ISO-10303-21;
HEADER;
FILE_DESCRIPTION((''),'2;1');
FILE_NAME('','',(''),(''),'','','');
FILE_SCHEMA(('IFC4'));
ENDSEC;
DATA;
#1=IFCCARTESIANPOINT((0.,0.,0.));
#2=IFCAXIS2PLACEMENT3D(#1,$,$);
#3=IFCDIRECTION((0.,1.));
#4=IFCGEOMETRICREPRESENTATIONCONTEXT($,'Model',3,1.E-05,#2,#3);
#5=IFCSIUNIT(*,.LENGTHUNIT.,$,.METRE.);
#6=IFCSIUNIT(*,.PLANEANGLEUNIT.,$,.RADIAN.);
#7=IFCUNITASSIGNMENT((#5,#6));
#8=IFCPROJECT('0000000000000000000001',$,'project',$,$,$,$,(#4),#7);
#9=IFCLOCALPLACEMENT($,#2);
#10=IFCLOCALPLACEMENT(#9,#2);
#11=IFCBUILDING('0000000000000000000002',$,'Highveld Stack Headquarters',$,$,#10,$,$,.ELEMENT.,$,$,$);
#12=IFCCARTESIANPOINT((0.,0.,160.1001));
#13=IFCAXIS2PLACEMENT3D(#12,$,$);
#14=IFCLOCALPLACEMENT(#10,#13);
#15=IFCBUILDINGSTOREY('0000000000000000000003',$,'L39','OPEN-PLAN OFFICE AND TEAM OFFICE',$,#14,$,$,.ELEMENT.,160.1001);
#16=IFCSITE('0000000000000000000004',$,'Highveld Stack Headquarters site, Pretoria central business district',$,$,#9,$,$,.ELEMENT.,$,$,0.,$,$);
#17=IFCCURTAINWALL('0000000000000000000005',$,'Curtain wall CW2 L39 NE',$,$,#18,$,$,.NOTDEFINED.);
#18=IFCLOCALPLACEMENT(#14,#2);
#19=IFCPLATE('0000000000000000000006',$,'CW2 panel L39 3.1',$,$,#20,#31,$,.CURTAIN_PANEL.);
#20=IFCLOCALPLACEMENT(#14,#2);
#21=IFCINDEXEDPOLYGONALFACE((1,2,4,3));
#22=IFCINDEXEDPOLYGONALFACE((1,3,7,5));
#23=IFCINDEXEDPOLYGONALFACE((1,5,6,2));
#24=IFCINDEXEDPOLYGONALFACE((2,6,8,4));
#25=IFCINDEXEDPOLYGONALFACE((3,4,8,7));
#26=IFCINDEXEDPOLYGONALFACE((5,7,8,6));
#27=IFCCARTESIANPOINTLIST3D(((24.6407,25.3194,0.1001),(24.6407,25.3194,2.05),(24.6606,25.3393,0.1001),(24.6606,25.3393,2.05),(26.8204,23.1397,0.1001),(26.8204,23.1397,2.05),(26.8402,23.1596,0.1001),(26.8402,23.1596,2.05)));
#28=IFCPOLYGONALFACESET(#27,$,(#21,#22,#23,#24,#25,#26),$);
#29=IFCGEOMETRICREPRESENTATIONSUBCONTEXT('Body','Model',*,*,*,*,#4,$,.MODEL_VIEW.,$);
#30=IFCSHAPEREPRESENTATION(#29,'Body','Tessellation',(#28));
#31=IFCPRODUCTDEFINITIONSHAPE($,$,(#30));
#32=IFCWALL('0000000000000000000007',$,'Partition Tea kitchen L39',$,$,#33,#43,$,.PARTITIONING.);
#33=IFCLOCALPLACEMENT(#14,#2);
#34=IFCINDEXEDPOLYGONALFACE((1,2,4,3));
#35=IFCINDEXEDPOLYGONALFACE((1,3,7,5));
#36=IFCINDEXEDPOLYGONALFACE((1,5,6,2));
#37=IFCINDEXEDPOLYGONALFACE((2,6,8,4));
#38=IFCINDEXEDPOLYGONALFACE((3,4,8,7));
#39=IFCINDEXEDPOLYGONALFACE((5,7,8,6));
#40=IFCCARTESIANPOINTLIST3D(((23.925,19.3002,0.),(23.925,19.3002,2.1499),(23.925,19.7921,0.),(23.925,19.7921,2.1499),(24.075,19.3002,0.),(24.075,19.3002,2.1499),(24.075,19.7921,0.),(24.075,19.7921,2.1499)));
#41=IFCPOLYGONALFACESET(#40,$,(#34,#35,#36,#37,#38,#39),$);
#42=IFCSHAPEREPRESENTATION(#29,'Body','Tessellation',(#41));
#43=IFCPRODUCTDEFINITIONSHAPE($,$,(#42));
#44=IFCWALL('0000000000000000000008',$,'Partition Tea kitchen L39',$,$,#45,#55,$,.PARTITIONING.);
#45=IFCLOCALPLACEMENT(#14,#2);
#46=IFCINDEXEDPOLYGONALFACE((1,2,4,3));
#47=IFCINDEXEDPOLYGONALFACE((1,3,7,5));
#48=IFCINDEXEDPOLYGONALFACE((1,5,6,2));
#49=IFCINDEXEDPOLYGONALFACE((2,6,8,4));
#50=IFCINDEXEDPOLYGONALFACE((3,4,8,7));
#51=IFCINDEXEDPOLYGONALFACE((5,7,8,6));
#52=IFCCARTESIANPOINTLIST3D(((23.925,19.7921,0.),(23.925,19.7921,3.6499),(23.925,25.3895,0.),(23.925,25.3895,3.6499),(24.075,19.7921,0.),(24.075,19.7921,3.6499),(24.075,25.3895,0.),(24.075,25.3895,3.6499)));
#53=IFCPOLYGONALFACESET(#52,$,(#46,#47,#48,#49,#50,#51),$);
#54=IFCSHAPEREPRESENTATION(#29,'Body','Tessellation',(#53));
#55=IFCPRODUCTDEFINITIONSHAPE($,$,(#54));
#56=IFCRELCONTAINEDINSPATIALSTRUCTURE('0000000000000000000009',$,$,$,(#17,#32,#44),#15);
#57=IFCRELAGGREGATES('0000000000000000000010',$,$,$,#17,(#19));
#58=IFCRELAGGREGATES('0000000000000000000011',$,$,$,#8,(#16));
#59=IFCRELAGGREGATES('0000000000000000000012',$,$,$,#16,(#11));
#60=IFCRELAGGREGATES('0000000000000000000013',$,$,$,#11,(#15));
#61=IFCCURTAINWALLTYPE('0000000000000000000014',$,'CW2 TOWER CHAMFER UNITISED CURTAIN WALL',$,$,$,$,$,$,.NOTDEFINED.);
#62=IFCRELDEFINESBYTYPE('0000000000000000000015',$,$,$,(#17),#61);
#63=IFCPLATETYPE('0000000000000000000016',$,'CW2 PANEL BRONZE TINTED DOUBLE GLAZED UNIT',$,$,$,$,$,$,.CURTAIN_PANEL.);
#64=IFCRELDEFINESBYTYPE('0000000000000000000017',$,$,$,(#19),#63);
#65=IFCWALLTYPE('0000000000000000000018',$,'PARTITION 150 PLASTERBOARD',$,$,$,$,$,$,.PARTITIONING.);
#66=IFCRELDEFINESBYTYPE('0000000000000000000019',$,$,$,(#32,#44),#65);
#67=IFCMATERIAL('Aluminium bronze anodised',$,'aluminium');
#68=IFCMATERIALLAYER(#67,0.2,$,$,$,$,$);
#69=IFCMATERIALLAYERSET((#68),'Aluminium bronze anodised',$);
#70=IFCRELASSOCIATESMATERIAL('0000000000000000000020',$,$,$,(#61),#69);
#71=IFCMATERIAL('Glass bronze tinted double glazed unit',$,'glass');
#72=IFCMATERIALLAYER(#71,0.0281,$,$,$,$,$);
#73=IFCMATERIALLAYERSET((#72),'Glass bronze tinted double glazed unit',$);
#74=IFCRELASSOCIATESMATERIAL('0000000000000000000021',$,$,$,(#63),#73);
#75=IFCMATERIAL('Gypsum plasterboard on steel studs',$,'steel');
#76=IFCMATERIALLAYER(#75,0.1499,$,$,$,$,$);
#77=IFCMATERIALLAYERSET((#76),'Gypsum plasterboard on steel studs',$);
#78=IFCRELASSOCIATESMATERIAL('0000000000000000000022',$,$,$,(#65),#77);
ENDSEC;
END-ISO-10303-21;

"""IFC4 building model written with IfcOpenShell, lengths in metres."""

from ifc_helpers import new_model, si_unit, direction, frame, frame_2d, origin, origin_2d, place, context, subcontext, project, spatial, rectangle, extrude, material, layer, layer_set, type_object, element, aggregate, save


model = new_model("IFC4")

# Units and contexts
model_context = context("Model", 3, precision=1e-05, world=origin(), true_north=direction((0.0, 1.0)))
body_context = subcontext(model_context, "Body", "Model", "MODEL_VIEW")
ifc_project = project(units=[si_unit("LENGTHUNIT", "METRE"), si_unit("PLANEANGLEUNIT", "RADIAN")], contexts=[model_context])

# Site, building, storey
site_placement = place(None, origin())
site = spatial("IfcSite", under=ifc_project, at=site_placement, Name="Highveld Stack Headquarters site, Pretoria central business district", CompositionType="ELEMENT", RefElevation=0.0)
building_placement = place(site_placement, origin())
building = spatial("IfcBuilding", under=site, at=building_placement, Name="Highveld Stack Headquarters", CompositionType="ELEMENT")
storey_placement = place(building_placement, frame((0.0, 0.0, 160.1001)))
storey = spatial("IfcBuildingStorey", under=building, at=storey_placement, Name="L39", Description="OPEN-PLAN OFFICE AND TEAM OFFICE", CompositionType="ELEMENT", Elevation=160.1001)

# Curtain wall
ifc_material_1 = material(Name="Aluminium bronze anodised", Category="aluminium")
ifc_layer_1 = layer(ifc_material_1, 0.2)
ifc_layer_set_1 = layer_set([ifc_layer_1], Name="Aluminium bronze anodised")
curtain_wall_type_1 = type_object("IfcCurtainWallType", Name="CW2 TOWER CHAMFER UNITISED CURTAIN WALL", PredefinedType="NOTDEFINED", material=ifc_layer_set_1)
curtain_wall_1_placement = place(storey_placement, origin())
curtain_wall_1 = element("IfcCurtainWall", 1, at=curtain_wall_1_placement, inside=storey, type_object=curtain_wall_type_1, Name="Curtain wall CW2 L39 NE", PredefinedType="NOTDEFINED")

# Plate
ifc_material_2 = material(Name="Glass bronze tinted double glazed unit", Category="glass")
ifc_layer_2 = layer(ifc_material_2, 0.0281)
ifc_layer_set_2 = layer_set([ifc_layer_2], Name="Glass bronze tinted double glazed unit")
plate_type_1 = type_object("IfcPlateType", Name="CW2 PANEL BRONZE TINTED DOUBLE GLAZED UNIT", PredefinedType="CURTAIN_PANEL", material=ifc_layer_set_2)
plate_1_placement = place(storey_placement, frame((25.7405, 24.2395, 0.1001), z_axis=(0.0, 0.0, 1.0), x_axis=(-0.707107, 0.707107, 0.0)))
plate_1 = element("IfcPlate", 2, at=plate_1_placement, type_object=plate_type_1, Name="CW2 panel L39 3.1", PredefinedType="CURTAIN_PANEL", context=body_context, shape_type="SweptSolid", body=[
    extrude(rectangle(XDim=3.0825, YDim=0.0281, at=origin_2d()), origin(), (0.0, 0.0, 1.0), 1.95),
])
aggregate(curtain_wall_1, [plate_1])

# Walls
ifc_material_3 = material(Name="Gypsum plasterboard on steel studs", Category="steel")
ifc_layer_3 = layer(ifc_material_3, 0.1499)
ifc_layer_set_3 = layer_set([ifc_layer_3], Name="Gypsum plasterboard on steel studs")
wall_type = type_object("IfcWallType", Name="PARTITION 150 PLASTERBOARD", PredefinedType="PARTITIONING", material=ifc_layer_set_3)
wall_1_placement = place(storey_placement, frame((24.0, 19.3, 0.0), z_axis=(0.0, 0.0, 1.0), x_axis=(0.0, 1.0, 0.0)))
element("IfcWall", 3, at=wall_1_placement, inside=storey, type_object=wall_type, Name="Partition Tea kitchen L39", PredefinedType="PARTITIONING", context=body_context, shape_type="SweptSolid", body=[
    extrude(rectangle(XDim=0.4919, YDim=0.1499, at=frame_2d((0.2461, 0.0))), origin(), (0.0, 0.0, 1.0), 2.1499),
])
wall_2_placement = place(storey_placement, frame((24.0, 19.792, 0.0), z_axis=(0.0, 0.0, 1.0), x_axis=(0.0, 1.0, 0.0)))
element("IfcWall", 4, at=wall_2_placement, inside=storey, type_object=wall_type, Name="Partition Tea kitchen L39", PredefinedType="PARTITIONING", context=body_context, shape_type="SweptSolid", body=[
    extrude(rectangle(XDim=5.5974, YDim=0.1499, at=frame_2d((2.7988, 0.0))), origin(), (0.0, 0.0, 1.0), 3.6499),
])

save(model, "model.ifc")
